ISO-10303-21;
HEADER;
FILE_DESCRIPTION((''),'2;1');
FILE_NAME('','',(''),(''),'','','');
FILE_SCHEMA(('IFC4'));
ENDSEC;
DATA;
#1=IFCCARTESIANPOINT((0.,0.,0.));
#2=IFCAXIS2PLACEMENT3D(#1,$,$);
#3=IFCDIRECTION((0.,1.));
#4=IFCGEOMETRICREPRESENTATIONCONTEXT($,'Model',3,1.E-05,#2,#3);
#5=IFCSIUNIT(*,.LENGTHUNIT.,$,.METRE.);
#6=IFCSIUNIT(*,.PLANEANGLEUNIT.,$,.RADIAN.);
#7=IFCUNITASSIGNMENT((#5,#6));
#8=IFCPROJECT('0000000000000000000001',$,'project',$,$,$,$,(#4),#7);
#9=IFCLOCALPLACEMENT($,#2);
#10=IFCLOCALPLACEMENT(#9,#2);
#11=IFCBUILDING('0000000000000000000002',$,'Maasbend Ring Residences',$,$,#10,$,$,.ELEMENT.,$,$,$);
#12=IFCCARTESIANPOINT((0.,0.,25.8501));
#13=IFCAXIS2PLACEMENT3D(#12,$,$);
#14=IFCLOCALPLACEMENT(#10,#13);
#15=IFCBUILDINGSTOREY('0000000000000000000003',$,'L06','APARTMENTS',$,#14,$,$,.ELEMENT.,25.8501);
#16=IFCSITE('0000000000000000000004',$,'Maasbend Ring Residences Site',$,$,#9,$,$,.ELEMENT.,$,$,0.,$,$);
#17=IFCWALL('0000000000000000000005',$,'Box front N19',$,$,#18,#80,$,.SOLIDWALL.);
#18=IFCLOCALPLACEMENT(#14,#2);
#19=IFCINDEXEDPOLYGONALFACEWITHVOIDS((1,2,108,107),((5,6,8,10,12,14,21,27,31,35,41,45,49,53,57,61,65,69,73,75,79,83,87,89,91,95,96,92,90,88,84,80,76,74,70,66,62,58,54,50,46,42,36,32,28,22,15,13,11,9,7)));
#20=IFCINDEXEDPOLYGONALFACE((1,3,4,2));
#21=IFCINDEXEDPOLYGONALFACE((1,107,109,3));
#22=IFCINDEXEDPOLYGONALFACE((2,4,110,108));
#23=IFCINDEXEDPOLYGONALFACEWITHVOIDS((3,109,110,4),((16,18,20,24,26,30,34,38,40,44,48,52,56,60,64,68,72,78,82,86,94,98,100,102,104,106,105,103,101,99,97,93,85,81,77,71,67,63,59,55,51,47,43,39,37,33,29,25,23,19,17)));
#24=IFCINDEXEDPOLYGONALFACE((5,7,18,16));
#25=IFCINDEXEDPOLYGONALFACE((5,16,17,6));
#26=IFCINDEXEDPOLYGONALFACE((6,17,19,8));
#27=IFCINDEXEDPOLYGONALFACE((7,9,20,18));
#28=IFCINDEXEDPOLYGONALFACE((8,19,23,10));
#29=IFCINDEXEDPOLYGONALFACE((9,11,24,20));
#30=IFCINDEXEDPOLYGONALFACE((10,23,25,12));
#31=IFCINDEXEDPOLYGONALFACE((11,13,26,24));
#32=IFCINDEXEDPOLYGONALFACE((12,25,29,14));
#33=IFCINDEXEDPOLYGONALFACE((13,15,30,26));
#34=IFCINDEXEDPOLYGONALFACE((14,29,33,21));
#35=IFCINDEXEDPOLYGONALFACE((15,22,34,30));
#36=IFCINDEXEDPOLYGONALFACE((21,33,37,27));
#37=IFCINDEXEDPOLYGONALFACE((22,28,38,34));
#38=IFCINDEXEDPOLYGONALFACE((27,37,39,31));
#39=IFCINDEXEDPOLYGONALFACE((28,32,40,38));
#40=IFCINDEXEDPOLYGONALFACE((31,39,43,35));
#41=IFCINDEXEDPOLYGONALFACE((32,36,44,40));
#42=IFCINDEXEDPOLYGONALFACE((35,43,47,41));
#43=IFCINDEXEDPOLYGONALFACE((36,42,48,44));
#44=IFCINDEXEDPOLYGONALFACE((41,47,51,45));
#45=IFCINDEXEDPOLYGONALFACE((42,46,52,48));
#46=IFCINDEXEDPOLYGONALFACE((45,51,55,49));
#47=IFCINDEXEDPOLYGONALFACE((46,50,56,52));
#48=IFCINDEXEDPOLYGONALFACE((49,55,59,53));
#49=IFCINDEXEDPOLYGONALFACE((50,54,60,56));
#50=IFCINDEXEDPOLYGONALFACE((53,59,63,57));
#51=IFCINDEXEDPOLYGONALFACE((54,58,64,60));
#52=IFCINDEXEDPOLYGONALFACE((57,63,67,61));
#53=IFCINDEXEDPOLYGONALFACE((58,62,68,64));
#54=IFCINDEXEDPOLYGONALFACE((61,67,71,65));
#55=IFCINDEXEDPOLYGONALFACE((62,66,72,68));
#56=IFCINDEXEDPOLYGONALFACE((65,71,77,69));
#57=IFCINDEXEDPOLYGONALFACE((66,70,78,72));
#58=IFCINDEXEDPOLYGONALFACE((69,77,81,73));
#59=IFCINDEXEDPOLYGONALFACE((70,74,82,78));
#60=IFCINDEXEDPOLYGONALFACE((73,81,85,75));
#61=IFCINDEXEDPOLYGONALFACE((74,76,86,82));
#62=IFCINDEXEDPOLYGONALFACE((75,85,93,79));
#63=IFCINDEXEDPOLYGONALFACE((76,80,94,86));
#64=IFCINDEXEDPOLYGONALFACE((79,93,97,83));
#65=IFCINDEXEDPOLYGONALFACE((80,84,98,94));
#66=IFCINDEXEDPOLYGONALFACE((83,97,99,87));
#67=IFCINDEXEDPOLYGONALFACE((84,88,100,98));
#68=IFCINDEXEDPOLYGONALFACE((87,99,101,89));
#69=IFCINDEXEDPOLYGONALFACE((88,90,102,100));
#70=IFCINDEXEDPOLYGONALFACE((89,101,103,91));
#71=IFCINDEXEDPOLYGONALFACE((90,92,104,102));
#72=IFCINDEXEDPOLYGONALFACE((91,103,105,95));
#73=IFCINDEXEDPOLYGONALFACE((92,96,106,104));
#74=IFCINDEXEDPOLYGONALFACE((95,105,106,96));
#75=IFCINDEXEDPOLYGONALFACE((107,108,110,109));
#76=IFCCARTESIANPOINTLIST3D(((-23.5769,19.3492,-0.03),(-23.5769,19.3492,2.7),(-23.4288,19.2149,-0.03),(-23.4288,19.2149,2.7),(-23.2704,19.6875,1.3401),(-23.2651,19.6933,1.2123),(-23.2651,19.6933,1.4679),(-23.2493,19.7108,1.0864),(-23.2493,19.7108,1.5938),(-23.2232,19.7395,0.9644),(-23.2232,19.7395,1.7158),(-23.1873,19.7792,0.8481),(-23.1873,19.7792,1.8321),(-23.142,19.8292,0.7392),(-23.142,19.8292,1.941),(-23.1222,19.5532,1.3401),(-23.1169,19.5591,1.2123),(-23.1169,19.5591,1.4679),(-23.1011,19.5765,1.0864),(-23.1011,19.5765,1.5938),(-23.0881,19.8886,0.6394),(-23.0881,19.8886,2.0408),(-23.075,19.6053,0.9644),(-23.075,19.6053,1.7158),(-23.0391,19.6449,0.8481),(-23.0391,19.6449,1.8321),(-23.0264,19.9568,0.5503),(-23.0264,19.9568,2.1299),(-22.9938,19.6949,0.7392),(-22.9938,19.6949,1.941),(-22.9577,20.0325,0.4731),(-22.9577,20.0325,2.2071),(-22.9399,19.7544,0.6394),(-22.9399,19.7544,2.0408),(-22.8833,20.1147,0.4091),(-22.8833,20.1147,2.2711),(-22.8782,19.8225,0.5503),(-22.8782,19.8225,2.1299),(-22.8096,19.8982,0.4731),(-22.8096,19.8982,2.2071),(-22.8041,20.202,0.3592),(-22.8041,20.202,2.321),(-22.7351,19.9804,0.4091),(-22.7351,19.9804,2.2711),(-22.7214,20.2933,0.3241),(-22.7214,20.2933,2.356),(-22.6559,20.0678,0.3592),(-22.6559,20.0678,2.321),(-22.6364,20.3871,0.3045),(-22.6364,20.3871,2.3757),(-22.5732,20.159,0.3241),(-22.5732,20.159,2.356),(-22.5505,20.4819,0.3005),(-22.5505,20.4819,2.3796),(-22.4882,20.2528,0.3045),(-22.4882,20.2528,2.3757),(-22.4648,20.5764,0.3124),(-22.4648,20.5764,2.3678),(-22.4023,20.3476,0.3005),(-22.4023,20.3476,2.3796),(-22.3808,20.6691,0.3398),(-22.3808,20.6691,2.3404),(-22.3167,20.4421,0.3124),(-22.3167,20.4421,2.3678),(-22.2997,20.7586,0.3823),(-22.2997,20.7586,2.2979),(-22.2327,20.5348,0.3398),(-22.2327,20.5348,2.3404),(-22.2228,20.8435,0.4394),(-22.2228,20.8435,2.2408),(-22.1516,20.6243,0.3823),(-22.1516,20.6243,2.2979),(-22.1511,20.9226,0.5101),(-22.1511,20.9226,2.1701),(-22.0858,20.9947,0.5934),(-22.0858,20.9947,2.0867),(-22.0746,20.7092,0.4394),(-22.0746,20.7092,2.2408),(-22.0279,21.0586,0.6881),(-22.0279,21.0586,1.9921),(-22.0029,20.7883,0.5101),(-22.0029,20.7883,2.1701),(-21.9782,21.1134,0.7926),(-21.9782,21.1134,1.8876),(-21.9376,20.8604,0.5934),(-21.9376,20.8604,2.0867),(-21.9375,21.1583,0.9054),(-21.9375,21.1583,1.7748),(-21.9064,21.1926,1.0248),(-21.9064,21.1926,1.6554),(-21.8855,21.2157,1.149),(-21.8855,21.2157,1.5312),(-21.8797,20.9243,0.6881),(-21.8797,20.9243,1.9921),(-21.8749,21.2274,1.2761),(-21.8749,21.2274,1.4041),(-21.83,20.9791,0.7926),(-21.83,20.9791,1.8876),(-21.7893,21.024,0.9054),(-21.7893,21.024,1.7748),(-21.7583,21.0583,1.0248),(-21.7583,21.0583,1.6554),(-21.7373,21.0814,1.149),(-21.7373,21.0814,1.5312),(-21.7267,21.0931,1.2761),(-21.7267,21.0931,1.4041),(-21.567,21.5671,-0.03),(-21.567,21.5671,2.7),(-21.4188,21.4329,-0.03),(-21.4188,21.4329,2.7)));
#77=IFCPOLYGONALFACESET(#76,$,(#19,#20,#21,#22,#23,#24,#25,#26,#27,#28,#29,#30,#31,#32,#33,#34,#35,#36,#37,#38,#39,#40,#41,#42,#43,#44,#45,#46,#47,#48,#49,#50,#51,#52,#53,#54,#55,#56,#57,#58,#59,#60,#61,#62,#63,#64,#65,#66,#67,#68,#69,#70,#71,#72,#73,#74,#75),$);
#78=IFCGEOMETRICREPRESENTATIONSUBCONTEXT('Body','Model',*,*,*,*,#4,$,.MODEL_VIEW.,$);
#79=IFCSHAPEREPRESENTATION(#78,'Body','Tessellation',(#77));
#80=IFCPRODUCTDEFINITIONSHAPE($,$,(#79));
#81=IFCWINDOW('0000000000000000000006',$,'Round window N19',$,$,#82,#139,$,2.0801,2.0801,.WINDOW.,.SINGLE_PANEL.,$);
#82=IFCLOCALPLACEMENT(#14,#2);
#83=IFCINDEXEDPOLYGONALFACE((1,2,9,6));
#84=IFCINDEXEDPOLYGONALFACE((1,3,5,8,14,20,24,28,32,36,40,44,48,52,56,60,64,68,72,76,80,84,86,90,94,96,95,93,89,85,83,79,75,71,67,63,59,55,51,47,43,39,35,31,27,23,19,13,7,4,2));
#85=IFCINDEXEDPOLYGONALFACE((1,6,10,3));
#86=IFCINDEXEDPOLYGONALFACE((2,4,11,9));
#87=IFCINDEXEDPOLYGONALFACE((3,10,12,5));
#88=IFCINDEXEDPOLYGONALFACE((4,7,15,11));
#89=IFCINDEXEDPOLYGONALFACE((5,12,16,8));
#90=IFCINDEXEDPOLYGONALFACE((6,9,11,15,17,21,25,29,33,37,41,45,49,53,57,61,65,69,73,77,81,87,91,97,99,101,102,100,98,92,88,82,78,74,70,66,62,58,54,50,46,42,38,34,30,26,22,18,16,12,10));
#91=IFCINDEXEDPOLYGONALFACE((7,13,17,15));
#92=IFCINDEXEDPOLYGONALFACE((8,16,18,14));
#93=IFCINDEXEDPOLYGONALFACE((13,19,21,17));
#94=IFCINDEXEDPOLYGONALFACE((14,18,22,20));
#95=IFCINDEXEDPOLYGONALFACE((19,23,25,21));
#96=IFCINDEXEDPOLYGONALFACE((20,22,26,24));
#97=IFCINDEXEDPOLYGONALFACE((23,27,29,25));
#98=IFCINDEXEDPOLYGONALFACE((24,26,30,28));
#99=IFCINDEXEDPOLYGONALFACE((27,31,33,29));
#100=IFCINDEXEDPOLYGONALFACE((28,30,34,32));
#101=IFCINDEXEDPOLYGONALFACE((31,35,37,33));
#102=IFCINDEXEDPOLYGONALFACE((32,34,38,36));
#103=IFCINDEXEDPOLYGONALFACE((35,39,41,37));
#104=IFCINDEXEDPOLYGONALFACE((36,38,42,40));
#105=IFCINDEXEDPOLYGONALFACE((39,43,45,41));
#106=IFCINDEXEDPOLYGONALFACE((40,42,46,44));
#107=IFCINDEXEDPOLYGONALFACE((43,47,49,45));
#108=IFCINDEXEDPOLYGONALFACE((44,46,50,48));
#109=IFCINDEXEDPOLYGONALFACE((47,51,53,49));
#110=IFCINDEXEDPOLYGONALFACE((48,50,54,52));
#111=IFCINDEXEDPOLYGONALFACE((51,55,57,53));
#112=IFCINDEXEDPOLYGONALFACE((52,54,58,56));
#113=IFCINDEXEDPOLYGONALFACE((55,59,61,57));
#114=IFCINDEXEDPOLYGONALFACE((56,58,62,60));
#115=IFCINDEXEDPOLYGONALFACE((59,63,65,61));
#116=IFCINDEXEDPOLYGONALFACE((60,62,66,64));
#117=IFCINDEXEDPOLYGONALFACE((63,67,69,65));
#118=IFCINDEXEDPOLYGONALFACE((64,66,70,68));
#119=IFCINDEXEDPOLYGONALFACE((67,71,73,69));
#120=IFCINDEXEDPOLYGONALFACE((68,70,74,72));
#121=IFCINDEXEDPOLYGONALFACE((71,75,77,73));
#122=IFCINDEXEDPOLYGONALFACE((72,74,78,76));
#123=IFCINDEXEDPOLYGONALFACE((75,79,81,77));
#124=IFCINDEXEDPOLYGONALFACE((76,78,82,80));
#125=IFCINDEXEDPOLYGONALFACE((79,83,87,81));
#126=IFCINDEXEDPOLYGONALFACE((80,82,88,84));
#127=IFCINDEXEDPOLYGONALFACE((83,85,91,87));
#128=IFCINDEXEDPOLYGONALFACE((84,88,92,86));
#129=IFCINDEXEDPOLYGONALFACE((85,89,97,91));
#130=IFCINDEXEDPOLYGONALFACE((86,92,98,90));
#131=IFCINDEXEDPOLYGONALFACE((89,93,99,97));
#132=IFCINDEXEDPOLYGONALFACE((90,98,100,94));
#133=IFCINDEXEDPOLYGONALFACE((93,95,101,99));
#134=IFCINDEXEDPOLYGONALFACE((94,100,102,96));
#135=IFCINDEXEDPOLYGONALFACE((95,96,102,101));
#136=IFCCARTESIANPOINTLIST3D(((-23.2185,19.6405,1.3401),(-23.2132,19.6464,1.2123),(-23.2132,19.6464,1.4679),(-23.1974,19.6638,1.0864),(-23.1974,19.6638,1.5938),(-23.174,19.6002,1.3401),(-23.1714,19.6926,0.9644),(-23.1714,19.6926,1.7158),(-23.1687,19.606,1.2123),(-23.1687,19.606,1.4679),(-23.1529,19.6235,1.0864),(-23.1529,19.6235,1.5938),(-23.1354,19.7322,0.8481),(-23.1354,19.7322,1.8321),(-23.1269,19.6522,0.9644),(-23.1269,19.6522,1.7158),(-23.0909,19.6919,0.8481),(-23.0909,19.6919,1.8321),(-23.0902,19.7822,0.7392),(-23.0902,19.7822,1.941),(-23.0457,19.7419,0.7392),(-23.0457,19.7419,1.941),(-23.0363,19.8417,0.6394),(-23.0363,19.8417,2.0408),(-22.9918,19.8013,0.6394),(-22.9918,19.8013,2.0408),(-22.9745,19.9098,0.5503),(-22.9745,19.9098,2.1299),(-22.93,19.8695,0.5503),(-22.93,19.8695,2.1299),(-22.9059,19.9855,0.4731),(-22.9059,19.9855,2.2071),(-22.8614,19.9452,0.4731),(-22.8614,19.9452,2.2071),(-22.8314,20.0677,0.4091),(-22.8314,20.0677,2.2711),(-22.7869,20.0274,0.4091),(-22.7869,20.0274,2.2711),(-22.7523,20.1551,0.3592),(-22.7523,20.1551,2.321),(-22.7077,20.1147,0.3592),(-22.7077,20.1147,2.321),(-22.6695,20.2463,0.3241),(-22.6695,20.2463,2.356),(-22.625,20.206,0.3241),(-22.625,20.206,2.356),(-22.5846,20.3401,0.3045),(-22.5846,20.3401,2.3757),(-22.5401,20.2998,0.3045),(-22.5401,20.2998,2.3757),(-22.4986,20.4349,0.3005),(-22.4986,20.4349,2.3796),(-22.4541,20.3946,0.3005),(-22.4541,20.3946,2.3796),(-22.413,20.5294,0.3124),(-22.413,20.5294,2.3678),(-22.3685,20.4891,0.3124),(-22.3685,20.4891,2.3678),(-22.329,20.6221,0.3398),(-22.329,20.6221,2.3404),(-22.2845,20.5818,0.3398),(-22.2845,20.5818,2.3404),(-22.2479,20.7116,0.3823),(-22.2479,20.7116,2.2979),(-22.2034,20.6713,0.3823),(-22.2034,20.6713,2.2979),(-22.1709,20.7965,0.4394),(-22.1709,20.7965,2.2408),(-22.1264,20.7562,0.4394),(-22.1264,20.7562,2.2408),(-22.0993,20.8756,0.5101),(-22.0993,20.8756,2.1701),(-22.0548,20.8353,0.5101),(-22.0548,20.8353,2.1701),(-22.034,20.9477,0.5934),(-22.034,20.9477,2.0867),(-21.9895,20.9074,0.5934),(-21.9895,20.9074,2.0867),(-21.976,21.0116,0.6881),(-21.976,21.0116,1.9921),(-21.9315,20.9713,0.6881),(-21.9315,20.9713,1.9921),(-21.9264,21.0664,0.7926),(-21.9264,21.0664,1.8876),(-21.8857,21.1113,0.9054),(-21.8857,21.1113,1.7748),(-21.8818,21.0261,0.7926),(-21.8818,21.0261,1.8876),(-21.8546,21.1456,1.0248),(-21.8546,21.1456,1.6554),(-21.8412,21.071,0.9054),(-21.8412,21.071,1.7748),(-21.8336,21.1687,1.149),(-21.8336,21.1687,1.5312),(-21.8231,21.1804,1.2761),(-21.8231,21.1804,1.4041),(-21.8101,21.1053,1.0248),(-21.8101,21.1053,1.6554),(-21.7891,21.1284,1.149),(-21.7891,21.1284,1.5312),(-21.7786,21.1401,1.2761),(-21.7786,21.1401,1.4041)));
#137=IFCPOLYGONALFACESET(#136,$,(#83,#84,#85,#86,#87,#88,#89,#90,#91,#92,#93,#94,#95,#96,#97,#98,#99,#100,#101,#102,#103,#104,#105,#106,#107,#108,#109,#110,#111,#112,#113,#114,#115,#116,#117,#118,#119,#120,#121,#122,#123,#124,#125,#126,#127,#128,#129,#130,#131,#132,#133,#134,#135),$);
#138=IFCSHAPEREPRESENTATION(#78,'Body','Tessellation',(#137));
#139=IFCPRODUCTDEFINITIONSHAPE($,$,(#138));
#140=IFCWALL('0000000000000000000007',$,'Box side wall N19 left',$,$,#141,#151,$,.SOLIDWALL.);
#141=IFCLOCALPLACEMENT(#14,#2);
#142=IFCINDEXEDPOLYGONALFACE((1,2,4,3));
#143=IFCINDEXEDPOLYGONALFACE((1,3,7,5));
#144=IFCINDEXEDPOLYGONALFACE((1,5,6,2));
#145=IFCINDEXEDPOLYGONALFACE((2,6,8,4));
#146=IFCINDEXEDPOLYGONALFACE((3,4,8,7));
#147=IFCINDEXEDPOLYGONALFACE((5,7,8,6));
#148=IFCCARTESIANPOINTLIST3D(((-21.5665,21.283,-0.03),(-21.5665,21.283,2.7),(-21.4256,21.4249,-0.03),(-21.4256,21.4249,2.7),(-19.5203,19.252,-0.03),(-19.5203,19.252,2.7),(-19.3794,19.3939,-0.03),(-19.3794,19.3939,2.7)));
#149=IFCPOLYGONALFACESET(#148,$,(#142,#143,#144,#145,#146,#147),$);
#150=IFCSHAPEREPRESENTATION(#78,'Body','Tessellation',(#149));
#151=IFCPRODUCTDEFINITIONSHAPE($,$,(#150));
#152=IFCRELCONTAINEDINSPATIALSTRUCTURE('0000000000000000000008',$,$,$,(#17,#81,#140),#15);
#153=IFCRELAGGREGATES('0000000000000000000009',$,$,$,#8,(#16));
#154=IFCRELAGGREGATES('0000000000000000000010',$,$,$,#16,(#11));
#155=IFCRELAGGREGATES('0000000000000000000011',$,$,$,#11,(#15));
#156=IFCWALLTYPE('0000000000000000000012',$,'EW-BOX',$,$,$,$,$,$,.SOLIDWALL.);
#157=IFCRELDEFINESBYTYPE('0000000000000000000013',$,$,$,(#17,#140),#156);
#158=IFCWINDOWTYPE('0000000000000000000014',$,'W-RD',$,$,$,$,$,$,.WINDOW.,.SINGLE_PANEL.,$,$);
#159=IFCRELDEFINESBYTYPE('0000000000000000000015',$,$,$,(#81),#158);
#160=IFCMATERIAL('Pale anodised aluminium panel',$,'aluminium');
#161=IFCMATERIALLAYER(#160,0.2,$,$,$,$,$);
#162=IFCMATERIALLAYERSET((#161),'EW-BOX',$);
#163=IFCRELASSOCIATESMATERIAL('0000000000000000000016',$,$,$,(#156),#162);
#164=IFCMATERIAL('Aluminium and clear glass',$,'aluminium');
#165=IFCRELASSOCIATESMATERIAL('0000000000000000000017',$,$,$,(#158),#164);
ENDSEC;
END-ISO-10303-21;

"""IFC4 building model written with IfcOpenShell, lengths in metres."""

from ifc_helpers import new_model, si_unit, direction, frame, frame_2d, origin, place, context, subcontext, project, spatial, rectangle, circle, extrude, material, layer, layer_set, type_object, element, fill, save


model = new_model("IFC4")

# Units and contexts
model_context = context("Model", 3, precision=1e-05, world=origin(), true_north=direction((0.0, 1.0)))
body_context = subcontext(model_context, "Body", "Model", "MODEL_VIEW")
ifc_project = project(units=[si_unit("LENGTHUNIT", "METRE"), si_unit("PLANEANGLEUNIT", "RADIAN")], contexts=[model_context])

# Site, building, storey
site_placement = place(None, origin())
site = spatial("IfcSite", under=ifc_project, at=site_placement, Name="Maasbend Ring Residences Site", CompositionType="ELEMENT", RefElevation=0.0)
building_placement = place(site_placement, origin())
building = spatial("IfcBuilding", under=site, at=building_placement, Name="Maasbend Ring Residences", CompositionType="ELEMENT")
storey_placement = place(building_placement, frame((0.0, 0.0, 25.8501)))
storey = spatial("IfcBuildingStorey", under=building, at=storey_placement, Name="L06", Description="APARTMENTS", CompositionType="ELEMENT", Elevation=25.8501)

# Shared definitions
ifc_material_1 = material(Name="Pale anodised aluminium panel", Category="aluminium")
ifc_layer_1 = layer(ifc_material_1, 0.2)
ifc_layer_set_1 = layer_set([ifc_layer_1], Name="EW-BOX")
wall_type_1 = type_object("IfcWallType", Name="EW-BOX", PredefinedType="SOLIDWALL", material=ifc_layer_set_1)
ifc_material_2 = material(Name="Aluminium and clear glass", Category="aluminium")
window_type_1 = type_object("IfcWindowType", Name="W-RD", PartitioningType="SINGLE_PANEL", PredefinedType="WINDOW", material=ifc_material_2)

# Wall, opening, window
wall_1_placement = place(storey_placement, frame((-21.4929, 21.5, -0.03), z_axis=(0.0, 0.0, 1.0), x_axis=(-0.671507, -0.740998, 0.0)))
wall_1 = element("IfcWall", 1, at=wall_1_placement, inside=storey, type_object=wall_type_1, Name="Box front N19", PredefinedType="SOLIDWALL", context=body_context, shape_type="SweptSolid", body=[
    extrude(rectangle(XDim=2.9932, YDim=0.2, at=frame_2d((1.4966, 0.0))), origin(), (0.0, 0.0, 1.0), 2.73),
])
opening_1_placement = place(wall_1_placement, frame((0.4565, 0.0, 0.3301)))
opening_1 = element("IfcOpeningElement", 2, at=opening_1_placement, cuts=wall_1, PredefinedType="OPENING", context=body_context, shape_type="SweptSolid", body=[
    extrude(circle(Radius=1.04, at=frame_2d((1.04, 1.04))), frame((0.0, 0.1099, 0.0), z_axis=(0.0, -1.0, 0.0), x_axis=(1.0, 0.0, 0.0)), (0.0, 0.0, 1.0), 0.22),
])
window_1_placement = place(opening_1_placement, origin())
window_1 = element("IfcWindow", 3, at=window_1_placement, inside=storey, type_object=window_type_1, Name="Round window N19", OverallHeight=2.0801, OverallWidth=2.0801, PartitioningType="SINGLE_PANEL", PredefinedType="WINDOW", context=body_context, shape_type="SweptSolid", body=[
    extrude(circle(Radius=1.04, at=frame_2d((1.04, 1.04))), frame((0.0, 0.03, 0.0), z_axis=(0.0, -1.0, 0.0), x_axis=(1.0, 0.0, 0.0)), (0.0, 0.0, 1.0), 0.0601),
])
fill(opening_1, window_1)

# Wall
wall_2_placement = place(storey_placement, frame((-19.45, 19.323, -0.03), z_axis=(0.0, 0.0, 1.0), x_axis=(-0.709727, 0.704477, 0.0)))
element("IfcWall", 4, at=wall_2_placement, inside=storey, type_object=wall_type_1, Name="Box side wall N19 left", PredefinedType="SOLIDWALL", context=body_context, shape_type="SweptSolid", body=[
    extrude(rectangle(XDim=2.8831, YDim=0.2, at=frame_2d((1.4414, 0.0))), origin(), (0.0, 0.0, 1.0), 2.73),
])

save(model, "model.ifc")
